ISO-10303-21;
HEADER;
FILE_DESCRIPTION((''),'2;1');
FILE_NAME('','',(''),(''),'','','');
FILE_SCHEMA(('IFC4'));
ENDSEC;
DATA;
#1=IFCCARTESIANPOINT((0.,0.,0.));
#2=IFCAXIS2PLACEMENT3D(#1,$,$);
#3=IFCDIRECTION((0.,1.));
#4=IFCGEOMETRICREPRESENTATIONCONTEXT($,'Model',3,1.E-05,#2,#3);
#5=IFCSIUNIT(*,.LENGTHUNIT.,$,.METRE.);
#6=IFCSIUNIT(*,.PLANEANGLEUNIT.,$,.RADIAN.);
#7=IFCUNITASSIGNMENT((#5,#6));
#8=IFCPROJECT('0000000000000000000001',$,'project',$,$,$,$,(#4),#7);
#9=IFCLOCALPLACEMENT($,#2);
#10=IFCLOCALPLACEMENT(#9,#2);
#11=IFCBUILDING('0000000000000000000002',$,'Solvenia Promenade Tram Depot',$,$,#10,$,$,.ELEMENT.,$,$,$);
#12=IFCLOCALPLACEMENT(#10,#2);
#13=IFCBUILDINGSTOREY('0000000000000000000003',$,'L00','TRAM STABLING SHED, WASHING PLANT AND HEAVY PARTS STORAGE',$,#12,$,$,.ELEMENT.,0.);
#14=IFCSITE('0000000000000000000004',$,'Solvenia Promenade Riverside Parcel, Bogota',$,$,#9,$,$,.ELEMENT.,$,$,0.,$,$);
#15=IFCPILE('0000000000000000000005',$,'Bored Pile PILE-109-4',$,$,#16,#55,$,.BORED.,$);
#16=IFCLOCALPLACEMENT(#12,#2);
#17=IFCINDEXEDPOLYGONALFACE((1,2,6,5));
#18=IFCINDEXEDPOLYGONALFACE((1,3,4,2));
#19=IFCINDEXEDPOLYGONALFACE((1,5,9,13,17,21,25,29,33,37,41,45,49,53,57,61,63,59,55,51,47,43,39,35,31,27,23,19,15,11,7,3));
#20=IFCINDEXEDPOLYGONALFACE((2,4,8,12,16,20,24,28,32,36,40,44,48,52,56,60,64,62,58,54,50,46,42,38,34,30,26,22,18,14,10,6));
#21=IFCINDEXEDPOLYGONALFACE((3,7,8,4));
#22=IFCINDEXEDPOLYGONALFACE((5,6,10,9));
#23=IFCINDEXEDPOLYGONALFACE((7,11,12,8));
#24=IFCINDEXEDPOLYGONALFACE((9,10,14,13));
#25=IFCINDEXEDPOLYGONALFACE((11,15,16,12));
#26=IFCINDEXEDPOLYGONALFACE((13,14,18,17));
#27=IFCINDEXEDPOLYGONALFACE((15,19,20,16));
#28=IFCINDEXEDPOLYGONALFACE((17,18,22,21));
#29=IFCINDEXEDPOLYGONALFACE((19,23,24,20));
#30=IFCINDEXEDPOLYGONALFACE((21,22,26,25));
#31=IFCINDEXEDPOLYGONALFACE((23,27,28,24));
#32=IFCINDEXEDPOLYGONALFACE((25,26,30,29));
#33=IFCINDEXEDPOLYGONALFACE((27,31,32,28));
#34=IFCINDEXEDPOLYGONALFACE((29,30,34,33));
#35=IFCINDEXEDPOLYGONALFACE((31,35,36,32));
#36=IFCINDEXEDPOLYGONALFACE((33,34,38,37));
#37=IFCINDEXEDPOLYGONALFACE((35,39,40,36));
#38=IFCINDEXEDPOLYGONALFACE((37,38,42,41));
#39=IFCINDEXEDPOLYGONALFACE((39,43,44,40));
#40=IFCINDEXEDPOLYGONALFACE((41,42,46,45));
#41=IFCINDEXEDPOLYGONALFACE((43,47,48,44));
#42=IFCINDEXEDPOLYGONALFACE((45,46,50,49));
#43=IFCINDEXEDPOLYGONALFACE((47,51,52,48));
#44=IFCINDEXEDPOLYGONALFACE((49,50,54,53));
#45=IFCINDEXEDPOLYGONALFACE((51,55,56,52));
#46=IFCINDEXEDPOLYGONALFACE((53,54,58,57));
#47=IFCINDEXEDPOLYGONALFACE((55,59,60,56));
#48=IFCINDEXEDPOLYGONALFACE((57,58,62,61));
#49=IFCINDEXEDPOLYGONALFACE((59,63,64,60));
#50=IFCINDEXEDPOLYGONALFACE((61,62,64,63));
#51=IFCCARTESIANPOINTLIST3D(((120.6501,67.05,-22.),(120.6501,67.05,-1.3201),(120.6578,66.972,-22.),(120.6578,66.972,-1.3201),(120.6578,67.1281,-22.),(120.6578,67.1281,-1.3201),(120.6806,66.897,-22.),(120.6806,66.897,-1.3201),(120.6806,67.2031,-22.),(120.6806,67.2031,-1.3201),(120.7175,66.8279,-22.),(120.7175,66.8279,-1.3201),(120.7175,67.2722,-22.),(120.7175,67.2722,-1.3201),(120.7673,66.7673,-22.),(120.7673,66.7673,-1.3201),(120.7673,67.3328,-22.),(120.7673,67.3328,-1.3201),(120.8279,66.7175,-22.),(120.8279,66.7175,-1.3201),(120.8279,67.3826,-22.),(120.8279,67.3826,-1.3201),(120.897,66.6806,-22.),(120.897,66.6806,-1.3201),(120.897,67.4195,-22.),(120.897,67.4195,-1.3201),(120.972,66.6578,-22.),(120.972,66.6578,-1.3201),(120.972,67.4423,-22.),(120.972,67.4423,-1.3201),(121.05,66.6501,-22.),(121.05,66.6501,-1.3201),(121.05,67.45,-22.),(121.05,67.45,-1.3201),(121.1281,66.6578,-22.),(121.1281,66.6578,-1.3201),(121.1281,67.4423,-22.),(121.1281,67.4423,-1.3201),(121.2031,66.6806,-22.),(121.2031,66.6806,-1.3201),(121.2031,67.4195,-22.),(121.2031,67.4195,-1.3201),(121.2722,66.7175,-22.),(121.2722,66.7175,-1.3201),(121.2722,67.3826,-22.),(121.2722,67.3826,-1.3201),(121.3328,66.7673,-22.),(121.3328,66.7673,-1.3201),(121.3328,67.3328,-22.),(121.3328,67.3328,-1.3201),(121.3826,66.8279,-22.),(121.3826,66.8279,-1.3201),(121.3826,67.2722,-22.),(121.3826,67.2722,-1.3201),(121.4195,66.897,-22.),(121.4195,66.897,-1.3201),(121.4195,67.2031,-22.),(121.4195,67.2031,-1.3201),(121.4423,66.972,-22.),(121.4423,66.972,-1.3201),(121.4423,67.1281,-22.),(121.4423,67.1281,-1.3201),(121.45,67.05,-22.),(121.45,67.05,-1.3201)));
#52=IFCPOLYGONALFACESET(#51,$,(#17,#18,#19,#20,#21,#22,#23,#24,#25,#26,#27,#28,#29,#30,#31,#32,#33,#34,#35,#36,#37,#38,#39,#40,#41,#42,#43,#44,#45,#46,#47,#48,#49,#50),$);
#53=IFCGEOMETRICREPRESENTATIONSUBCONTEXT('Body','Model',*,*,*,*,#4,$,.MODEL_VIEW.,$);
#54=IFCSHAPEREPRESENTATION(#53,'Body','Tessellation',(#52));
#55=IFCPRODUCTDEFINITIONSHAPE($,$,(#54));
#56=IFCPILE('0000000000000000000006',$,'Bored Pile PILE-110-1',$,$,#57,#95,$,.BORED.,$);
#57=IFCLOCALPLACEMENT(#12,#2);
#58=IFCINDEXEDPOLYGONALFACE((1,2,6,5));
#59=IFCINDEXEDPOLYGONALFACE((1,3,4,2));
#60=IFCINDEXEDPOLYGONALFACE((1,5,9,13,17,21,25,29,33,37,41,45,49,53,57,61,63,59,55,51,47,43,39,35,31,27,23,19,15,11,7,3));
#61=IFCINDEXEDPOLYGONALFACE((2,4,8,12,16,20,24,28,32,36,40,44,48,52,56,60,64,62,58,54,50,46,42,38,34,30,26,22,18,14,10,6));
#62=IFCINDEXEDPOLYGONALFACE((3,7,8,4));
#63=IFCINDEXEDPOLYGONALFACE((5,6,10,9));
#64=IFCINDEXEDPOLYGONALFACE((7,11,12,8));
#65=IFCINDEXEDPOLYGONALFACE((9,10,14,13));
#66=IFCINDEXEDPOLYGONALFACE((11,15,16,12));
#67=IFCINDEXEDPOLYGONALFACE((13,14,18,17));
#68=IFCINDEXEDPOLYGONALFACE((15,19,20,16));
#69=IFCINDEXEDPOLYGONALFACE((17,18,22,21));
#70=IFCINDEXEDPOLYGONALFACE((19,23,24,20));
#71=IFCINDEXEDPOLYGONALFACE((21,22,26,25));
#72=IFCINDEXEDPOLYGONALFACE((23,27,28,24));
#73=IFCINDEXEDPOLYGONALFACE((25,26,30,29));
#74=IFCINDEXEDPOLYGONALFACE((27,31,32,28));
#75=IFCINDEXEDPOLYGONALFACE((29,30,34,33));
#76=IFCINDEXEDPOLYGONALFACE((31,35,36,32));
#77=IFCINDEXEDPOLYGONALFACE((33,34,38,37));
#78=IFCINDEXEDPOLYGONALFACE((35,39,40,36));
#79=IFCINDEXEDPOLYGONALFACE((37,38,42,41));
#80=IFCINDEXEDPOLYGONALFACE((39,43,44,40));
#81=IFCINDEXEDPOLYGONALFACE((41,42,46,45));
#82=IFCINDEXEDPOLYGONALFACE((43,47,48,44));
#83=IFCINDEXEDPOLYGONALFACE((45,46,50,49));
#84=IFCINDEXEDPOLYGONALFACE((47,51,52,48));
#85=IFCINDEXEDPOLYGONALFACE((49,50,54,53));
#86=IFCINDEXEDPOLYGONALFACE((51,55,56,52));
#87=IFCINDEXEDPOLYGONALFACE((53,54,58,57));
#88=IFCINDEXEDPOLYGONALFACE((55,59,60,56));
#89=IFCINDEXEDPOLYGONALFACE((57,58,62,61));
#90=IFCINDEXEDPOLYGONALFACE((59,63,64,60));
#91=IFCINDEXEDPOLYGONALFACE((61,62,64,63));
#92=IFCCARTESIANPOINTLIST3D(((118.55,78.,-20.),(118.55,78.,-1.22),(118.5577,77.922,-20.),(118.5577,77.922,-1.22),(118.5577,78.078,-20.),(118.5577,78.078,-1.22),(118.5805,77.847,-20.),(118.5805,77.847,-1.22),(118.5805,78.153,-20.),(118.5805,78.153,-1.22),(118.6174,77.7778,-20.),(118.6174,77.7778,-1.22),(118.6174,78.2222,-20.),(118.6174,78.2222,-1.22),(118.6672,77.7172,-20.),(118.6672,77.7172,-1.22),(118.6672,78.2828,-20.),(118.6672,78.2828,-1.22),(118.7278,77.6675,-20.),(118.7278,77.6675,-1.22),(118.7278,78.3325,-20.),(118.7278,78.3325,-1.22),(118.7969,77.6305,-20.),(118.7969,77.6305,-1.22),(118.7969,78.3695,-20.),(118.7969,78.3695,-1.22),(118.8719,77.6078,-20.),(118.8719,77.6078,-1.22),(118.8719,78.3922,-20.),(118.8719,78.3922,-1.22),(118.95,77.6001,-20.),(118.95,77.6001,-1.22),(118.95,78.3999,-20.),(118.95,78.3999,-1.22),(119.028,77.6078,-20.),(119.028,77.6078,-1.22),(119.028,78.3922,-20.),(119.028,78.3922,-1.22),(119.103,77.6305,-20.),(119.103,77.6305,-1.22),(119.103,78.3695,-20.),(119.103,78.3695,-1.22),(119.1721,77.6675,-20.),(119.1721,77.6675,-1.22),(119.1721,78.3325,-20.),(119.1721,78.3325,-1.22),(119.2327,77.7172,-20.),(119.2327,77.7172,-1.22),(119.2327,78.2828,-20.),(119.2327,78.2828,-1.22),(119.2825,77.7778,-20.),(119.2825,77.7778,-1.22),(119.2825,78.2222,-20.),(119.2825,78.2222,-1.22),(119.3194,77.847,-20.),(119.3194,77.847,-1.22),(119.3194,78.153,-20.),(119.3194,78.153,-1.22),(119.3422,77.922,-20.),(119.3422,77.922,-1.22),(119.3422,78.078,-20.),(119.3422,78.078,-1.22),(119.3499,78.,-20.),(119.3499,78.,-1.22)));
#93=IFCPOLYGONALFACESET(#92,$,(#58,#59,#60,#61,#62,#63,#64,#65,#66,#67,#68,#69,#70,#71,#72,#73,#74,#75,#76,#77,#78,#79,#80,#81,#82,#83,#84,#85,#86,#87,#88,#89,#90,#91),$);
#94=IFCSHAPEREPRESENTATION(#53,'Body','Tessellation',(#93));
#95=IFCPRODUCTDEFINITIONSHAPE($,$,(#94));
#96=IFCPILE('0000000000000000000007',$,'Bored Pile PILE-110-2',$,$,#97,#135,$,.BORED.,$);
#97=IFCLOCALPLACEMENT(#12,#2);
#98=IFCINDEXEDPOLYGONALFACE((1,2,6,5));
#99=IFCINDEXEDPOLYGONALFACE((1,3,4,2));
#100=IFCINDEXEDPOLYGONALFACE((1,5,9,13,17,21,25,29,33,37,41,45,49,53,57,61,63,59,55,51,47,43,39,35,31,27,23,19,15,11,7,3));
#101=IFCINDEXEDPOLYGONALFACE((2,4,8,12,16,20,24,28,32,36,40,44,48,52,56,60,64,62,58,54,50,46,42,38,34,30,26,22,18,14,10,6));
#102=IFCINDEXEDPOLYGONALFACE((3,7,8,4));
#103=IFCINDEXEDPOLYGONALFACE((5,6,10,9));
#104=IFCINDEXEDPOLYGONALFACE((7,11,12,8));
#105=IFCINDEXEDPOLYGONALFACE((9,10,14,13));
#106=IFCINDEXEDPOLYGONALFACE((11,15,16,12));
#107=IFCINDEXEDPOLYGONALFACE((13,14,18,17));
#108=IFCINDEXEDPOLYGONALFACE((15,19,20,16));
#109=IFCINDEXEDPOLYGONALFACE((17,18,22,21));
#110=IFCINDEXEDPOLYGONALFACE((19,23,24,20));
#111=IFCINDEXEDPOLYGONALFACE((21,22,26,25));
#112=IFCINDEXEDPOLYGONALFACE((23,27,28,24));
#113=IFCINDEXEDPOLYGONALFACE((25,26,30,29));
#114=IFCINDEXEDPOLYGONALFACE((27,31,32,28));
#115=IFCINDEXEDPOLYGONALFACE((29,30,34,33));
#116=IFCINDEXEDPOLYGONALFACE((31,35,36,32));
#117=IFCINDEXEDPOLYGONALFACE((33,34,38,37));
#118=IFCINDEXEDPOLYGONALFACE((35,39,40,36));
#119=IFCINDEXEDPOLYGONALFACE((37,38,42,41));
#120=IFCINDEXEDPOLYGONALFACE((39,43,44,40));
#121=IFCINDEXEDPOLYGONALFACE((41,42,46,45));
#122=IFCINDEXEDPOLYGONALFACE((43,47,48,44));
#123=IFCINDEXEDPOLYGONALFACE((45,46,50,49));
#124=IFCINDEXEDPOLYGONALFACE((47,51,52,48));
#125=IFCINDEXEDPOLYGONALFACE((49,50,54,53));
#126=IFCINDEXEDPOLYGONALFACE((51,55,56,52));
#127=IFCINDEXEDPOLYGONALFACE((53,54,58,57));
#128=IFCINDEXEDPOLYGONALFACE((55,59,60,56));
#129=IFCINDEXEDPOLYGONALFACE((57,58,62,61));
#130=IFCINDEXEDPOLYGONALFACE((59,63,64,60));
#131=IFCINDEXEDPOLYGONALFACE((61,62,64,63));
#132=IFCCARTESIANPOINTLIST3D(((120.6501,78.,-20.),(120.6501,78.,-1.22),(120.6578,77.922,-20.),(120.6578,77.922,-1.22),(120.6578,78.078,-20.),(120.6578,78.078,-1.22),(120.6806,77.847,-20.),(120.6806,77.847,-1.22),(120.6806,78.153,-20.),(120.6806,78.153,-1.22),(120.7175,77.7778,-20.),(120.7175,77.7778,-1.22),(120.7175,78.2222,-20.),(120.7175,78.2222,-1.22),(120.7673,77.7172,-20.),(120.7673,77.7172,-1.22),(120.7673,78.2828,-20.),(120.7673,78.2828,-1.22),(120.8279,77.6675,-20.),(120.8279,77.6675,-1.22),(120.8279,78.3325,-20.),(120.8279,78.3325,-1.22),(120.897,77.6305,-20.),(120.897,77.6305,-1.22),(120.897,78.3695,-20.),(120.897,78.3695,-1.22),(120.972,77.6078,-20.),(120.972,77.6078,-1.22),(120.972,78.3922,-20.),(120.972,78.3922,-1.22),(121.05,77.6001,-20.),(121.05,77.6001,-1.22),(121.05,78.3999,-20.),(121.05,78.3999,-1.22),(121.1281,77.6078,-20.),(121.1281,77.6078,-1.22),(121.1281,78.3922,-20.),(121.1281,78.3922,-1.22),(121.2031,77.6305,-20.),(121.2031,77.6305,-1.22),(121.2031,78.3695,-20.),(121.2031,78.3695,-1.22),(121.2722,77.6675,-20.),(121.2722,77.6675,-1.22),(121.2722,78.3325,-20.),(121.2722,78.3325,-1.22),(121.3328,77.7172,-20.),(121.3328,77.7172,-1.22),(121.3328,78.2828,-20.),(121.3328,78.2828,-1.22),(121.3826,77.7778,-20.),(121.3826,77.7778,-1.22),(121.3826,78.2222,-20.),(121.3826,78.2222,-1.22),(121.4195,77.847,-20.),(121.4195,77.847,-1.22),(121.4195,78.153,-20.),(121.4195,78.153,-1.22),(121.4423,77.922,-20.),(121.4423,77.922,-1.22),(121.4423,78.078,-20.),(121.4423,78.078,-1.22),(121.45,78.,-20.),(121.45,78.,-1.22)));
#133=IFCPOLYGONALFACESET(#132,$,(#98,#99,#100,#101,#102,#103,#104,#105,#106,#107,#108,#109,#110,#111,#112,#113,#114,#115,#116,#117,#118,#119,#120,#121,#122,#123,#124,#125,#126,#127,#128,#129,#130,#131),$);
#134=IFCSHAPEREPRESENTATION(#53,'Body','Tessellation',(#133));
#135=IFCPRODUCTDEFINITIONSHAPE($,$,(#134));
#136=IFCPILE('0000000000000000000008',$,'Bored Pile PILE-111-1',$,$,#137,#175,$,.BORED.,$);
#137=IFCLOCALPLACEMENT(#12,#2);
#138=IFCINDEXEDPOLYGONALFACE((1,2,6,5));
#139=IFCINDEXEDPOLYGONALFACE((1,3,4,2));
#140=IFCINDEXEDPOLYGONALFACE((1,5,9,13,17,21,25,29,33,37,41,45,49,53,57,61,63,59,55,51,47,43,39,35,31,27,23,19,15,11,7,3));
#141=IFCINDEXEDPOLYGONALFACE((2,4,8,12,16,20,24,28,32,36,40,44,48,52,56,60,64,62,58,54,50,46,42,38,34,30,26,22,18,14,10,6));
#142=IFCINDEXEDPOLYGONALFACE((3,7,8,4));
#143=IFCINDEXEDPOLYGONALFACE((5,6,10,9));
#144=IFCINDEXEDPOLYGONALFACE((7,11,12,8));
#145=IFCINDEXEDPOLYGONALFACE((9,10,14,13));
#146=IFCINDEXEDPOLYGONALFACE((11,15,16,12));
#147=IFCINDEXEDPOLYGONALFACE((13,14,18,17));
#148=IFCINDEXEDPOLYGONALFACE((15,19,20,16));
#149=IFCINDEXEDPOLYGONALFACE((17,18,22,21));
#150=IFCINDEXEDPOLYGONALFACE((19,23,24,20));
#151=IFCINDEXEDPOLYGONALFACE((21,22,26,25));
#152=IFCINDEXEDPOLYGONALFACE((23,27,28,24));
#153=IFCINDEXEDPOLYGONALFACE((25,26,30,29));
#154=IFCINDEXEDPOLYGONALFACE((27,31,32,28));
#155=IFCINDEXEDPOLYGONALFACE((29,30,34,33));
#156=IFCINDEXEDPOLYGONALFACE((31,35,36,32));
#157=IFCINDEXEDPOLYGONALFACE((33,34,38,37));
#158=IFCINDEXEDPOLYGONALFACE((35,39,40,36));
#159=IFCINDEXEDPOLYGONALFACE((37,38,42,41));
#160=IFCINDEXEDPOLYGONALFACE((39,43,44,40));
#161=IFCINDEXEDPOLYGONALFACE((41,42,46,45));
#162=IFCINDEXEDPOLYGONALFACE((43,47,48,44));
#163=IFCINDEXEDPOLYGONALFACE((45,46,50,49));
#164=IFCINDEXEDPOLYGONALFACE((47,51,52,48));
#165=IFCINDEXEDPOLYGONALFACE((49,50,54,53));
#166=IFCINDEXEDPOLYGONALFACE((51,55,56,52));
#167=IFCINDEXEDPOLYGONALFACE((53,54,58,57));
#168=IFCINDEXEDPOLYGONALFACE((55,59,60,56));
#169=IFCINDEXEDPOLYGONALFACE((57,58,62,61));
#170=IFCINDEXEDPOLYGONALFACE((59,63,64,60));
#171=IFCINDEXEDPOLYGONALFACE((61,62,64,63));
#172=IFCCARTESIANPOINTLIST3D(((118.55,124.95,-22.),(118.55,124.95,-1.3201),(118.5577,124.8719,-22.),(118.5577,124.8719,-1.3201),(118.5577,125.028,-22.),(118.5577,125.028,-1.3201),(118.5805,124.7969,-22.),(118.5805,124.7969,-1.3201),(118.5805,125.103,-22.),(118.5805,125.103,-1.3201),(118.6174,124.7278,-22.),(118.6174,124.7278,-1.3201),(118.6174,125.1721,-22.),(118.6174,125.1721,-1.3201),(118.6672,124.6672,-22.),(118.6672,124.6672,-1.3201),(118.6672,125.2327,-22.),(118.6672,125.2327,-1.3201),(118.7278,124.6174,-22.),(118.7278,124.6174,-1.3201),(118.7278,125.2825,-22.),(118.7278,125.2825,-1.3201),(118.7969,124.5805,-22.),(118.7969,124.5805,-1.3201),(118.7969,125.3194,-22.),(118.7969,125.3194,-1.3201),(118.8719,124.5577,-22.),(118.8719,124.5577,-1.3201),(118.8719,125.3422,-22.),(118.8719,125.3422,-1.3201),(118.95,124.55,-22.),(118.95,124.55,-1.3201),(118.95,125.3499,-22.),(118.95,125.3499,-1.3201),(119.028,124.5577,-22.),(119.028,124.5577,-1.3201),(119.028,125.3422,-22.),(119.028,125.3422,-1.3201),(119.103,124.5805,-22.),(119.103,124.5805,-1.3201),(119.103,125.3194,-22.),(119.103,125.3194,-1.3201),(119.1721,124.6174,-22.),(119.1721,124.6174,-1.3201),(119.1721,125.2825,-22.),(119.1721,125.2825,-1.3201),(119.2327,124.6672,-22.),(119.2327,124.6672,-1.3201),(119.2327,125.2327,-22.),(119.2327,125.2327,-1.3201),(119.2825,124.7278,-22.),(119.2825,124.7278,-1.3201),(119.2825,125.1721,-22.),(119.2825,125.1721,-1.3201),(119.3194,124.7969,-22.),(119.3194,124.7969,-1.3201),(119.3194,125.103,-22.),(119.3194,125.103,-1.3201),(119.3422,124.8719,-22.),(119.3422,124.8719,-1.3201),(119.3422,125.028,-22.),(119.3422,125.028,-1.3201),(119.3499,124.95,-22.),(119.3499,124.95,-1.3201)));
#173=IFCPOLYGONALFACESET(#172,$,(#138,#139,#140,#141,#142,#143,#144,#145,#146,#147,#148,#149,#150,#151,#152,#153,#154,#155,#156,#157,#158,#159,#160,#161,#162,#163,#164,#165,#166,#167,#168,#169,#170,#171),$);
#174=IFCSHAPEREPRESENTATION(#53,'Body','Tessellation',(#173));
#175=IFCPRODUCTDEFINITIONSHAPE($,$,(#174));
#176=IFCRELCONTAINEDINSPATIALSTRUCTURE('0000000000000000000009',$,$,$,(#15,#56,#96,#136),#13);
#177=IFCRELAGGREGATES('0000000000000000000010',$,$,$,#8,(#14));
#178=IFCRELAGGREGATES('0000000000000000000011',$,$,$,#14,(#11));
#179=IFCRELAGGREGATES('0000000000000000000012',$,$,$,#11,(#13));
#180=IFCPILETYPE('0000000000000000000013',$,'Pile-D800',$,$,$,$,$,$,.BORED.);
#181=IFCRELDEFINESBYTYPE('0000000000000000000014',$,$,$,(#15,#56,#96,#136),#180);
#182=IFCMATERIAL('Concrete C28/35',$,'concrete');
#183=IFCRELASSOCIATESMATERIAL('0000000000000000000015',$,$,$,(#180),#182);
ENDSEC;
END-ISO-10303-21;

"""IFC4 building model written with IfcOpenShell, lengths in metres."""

from ifc_helpers import new_model, si_unit, direction, frame, origin, origin_2d, place, context, subcontext, project, spatial, circle, extrude, material, material_profile, profile_set, type_object, element, save


model = new_model("IFC4")

# Units and contexts
model_context = context("Model", 3, precision=1e-05, world=origin(), true_north=direction((0.0, 1.0)))
body_context = subcontext(model_context, "Body", "Model", "MODEL_VIEW")
ifc_project = project(units=[si_unit("LENGTHUNIT", "METRE"), si_unit("PLANEANGLEUNIT", "RADIAN")], contexts=[model_context])

# Site, building, storey
site_placement = place(None, origin())
site = spatial("IfcSite", under=ifc_project, at=site_placement, Name="Solvenia Promenade Riverside Parcel, Bogota", CompositionType="ELEMENT", RefElevation=0.0)
building_placement = place(site_placement, origin())
building = spatial("IfcBuilding", under=site, at=building_placement, Name="Solvenia Promenade Tram Depot", CompositionType="ELEMENT")
storey_placement = place(building_placement, origin())
storey = spatial("IfcBuildingStorey", under=building, at=storey_placement, Name="L00", Description="TRAM STABLING SHED, WASHING PLANT AND HEAVY PARTS STORAGE", CompositionType="ELEMENT", Elevation=0.0)

# Shared definitions
ifc_material_1 = material(Name="Concrete C28/35", Category="concrete")

# Piles
ifc_material_profile_1 = material_profile(ifc_material_1, circle(Radius=0.3999, at=origin_2d()), Name="D800", Category="concrete")
ifc_profile_set_1 = profile_set([ifc_material_profile_1], Name="Concrete C28/35")
pile_type = type_object("IfcPileType", Name="Pile-D800", PredefinedType="BORED", material=ifc_profile_set_1)
for number, where, z_axis, x_axis, name in (
    (1, (121.05, 67.05, -1.3201), (0.0, 0.0, -1.0), (1.0, 0.0, 0.0), "Bored Pile PILE-109-4"),
):
    element("IfcPile", number, at=place(storey_placement, frame(where, z_axis=z_axis, x_axis=x_axis)), inside=storey, type_object=pile_type, Name=name, PredefinedType="BORED", context=body_context, shape_type="SweptSolid", body=[
        extrude(circle(Radius=0.3999, at=origin_2d()), origin(), (0.0, 0.0, 1.0), 20.6799),
    ])
for number, where, z_axis, x_axis, name in (
    (2, (118.95, 78.0, -1.22), (0.0, 0.0, -1.0), (1.0, 0.0, 0.0), "Bored Pile PILE-110-1"),
    (3, (121.05, 78.0, -1.22), (0.0, 0.0, -1.0), (1.0, 0.0, 0.0), "Bored Pile PILE-110-2"),
):
    element("IfcPile", number, at=place(storey_placement, frame(where, z_axis=z_axis, x_axis=x_axis)), inside=storey, type_object=pile_type, Name=name, PredefinedType="BORED", context=body_context, shape_type="SweptSolid", body=[
        extrude(circle(Radius=0.3999, at=origin_2d()), origin(), (0.0, 0.0, 1.0), 18.78),
    ])
for number, where, z_axis, x_axis, name in (
    (4, (118.95, 124.95, -1.3201), (0.0, 0.0, -1.0), (1.0, 0.0, 0.0), "Bored Pile PILE-111-1"),
):
    element("IfcPile", number, at=place(storey_placement, frame(where, z_axis=z_axis, x_axis=x_axis)), inside=storey, type_object=pile_type, Name=name, PredefinedType="BORED", context=body_context, shape_type="SweptSolid", body=[
        extrude(circle(Radius=0.3999, at=origin_2d()), origin(), (0.0, 0.0, 1.0), 20.6799),
    ])

save(model, "model.ifc")
